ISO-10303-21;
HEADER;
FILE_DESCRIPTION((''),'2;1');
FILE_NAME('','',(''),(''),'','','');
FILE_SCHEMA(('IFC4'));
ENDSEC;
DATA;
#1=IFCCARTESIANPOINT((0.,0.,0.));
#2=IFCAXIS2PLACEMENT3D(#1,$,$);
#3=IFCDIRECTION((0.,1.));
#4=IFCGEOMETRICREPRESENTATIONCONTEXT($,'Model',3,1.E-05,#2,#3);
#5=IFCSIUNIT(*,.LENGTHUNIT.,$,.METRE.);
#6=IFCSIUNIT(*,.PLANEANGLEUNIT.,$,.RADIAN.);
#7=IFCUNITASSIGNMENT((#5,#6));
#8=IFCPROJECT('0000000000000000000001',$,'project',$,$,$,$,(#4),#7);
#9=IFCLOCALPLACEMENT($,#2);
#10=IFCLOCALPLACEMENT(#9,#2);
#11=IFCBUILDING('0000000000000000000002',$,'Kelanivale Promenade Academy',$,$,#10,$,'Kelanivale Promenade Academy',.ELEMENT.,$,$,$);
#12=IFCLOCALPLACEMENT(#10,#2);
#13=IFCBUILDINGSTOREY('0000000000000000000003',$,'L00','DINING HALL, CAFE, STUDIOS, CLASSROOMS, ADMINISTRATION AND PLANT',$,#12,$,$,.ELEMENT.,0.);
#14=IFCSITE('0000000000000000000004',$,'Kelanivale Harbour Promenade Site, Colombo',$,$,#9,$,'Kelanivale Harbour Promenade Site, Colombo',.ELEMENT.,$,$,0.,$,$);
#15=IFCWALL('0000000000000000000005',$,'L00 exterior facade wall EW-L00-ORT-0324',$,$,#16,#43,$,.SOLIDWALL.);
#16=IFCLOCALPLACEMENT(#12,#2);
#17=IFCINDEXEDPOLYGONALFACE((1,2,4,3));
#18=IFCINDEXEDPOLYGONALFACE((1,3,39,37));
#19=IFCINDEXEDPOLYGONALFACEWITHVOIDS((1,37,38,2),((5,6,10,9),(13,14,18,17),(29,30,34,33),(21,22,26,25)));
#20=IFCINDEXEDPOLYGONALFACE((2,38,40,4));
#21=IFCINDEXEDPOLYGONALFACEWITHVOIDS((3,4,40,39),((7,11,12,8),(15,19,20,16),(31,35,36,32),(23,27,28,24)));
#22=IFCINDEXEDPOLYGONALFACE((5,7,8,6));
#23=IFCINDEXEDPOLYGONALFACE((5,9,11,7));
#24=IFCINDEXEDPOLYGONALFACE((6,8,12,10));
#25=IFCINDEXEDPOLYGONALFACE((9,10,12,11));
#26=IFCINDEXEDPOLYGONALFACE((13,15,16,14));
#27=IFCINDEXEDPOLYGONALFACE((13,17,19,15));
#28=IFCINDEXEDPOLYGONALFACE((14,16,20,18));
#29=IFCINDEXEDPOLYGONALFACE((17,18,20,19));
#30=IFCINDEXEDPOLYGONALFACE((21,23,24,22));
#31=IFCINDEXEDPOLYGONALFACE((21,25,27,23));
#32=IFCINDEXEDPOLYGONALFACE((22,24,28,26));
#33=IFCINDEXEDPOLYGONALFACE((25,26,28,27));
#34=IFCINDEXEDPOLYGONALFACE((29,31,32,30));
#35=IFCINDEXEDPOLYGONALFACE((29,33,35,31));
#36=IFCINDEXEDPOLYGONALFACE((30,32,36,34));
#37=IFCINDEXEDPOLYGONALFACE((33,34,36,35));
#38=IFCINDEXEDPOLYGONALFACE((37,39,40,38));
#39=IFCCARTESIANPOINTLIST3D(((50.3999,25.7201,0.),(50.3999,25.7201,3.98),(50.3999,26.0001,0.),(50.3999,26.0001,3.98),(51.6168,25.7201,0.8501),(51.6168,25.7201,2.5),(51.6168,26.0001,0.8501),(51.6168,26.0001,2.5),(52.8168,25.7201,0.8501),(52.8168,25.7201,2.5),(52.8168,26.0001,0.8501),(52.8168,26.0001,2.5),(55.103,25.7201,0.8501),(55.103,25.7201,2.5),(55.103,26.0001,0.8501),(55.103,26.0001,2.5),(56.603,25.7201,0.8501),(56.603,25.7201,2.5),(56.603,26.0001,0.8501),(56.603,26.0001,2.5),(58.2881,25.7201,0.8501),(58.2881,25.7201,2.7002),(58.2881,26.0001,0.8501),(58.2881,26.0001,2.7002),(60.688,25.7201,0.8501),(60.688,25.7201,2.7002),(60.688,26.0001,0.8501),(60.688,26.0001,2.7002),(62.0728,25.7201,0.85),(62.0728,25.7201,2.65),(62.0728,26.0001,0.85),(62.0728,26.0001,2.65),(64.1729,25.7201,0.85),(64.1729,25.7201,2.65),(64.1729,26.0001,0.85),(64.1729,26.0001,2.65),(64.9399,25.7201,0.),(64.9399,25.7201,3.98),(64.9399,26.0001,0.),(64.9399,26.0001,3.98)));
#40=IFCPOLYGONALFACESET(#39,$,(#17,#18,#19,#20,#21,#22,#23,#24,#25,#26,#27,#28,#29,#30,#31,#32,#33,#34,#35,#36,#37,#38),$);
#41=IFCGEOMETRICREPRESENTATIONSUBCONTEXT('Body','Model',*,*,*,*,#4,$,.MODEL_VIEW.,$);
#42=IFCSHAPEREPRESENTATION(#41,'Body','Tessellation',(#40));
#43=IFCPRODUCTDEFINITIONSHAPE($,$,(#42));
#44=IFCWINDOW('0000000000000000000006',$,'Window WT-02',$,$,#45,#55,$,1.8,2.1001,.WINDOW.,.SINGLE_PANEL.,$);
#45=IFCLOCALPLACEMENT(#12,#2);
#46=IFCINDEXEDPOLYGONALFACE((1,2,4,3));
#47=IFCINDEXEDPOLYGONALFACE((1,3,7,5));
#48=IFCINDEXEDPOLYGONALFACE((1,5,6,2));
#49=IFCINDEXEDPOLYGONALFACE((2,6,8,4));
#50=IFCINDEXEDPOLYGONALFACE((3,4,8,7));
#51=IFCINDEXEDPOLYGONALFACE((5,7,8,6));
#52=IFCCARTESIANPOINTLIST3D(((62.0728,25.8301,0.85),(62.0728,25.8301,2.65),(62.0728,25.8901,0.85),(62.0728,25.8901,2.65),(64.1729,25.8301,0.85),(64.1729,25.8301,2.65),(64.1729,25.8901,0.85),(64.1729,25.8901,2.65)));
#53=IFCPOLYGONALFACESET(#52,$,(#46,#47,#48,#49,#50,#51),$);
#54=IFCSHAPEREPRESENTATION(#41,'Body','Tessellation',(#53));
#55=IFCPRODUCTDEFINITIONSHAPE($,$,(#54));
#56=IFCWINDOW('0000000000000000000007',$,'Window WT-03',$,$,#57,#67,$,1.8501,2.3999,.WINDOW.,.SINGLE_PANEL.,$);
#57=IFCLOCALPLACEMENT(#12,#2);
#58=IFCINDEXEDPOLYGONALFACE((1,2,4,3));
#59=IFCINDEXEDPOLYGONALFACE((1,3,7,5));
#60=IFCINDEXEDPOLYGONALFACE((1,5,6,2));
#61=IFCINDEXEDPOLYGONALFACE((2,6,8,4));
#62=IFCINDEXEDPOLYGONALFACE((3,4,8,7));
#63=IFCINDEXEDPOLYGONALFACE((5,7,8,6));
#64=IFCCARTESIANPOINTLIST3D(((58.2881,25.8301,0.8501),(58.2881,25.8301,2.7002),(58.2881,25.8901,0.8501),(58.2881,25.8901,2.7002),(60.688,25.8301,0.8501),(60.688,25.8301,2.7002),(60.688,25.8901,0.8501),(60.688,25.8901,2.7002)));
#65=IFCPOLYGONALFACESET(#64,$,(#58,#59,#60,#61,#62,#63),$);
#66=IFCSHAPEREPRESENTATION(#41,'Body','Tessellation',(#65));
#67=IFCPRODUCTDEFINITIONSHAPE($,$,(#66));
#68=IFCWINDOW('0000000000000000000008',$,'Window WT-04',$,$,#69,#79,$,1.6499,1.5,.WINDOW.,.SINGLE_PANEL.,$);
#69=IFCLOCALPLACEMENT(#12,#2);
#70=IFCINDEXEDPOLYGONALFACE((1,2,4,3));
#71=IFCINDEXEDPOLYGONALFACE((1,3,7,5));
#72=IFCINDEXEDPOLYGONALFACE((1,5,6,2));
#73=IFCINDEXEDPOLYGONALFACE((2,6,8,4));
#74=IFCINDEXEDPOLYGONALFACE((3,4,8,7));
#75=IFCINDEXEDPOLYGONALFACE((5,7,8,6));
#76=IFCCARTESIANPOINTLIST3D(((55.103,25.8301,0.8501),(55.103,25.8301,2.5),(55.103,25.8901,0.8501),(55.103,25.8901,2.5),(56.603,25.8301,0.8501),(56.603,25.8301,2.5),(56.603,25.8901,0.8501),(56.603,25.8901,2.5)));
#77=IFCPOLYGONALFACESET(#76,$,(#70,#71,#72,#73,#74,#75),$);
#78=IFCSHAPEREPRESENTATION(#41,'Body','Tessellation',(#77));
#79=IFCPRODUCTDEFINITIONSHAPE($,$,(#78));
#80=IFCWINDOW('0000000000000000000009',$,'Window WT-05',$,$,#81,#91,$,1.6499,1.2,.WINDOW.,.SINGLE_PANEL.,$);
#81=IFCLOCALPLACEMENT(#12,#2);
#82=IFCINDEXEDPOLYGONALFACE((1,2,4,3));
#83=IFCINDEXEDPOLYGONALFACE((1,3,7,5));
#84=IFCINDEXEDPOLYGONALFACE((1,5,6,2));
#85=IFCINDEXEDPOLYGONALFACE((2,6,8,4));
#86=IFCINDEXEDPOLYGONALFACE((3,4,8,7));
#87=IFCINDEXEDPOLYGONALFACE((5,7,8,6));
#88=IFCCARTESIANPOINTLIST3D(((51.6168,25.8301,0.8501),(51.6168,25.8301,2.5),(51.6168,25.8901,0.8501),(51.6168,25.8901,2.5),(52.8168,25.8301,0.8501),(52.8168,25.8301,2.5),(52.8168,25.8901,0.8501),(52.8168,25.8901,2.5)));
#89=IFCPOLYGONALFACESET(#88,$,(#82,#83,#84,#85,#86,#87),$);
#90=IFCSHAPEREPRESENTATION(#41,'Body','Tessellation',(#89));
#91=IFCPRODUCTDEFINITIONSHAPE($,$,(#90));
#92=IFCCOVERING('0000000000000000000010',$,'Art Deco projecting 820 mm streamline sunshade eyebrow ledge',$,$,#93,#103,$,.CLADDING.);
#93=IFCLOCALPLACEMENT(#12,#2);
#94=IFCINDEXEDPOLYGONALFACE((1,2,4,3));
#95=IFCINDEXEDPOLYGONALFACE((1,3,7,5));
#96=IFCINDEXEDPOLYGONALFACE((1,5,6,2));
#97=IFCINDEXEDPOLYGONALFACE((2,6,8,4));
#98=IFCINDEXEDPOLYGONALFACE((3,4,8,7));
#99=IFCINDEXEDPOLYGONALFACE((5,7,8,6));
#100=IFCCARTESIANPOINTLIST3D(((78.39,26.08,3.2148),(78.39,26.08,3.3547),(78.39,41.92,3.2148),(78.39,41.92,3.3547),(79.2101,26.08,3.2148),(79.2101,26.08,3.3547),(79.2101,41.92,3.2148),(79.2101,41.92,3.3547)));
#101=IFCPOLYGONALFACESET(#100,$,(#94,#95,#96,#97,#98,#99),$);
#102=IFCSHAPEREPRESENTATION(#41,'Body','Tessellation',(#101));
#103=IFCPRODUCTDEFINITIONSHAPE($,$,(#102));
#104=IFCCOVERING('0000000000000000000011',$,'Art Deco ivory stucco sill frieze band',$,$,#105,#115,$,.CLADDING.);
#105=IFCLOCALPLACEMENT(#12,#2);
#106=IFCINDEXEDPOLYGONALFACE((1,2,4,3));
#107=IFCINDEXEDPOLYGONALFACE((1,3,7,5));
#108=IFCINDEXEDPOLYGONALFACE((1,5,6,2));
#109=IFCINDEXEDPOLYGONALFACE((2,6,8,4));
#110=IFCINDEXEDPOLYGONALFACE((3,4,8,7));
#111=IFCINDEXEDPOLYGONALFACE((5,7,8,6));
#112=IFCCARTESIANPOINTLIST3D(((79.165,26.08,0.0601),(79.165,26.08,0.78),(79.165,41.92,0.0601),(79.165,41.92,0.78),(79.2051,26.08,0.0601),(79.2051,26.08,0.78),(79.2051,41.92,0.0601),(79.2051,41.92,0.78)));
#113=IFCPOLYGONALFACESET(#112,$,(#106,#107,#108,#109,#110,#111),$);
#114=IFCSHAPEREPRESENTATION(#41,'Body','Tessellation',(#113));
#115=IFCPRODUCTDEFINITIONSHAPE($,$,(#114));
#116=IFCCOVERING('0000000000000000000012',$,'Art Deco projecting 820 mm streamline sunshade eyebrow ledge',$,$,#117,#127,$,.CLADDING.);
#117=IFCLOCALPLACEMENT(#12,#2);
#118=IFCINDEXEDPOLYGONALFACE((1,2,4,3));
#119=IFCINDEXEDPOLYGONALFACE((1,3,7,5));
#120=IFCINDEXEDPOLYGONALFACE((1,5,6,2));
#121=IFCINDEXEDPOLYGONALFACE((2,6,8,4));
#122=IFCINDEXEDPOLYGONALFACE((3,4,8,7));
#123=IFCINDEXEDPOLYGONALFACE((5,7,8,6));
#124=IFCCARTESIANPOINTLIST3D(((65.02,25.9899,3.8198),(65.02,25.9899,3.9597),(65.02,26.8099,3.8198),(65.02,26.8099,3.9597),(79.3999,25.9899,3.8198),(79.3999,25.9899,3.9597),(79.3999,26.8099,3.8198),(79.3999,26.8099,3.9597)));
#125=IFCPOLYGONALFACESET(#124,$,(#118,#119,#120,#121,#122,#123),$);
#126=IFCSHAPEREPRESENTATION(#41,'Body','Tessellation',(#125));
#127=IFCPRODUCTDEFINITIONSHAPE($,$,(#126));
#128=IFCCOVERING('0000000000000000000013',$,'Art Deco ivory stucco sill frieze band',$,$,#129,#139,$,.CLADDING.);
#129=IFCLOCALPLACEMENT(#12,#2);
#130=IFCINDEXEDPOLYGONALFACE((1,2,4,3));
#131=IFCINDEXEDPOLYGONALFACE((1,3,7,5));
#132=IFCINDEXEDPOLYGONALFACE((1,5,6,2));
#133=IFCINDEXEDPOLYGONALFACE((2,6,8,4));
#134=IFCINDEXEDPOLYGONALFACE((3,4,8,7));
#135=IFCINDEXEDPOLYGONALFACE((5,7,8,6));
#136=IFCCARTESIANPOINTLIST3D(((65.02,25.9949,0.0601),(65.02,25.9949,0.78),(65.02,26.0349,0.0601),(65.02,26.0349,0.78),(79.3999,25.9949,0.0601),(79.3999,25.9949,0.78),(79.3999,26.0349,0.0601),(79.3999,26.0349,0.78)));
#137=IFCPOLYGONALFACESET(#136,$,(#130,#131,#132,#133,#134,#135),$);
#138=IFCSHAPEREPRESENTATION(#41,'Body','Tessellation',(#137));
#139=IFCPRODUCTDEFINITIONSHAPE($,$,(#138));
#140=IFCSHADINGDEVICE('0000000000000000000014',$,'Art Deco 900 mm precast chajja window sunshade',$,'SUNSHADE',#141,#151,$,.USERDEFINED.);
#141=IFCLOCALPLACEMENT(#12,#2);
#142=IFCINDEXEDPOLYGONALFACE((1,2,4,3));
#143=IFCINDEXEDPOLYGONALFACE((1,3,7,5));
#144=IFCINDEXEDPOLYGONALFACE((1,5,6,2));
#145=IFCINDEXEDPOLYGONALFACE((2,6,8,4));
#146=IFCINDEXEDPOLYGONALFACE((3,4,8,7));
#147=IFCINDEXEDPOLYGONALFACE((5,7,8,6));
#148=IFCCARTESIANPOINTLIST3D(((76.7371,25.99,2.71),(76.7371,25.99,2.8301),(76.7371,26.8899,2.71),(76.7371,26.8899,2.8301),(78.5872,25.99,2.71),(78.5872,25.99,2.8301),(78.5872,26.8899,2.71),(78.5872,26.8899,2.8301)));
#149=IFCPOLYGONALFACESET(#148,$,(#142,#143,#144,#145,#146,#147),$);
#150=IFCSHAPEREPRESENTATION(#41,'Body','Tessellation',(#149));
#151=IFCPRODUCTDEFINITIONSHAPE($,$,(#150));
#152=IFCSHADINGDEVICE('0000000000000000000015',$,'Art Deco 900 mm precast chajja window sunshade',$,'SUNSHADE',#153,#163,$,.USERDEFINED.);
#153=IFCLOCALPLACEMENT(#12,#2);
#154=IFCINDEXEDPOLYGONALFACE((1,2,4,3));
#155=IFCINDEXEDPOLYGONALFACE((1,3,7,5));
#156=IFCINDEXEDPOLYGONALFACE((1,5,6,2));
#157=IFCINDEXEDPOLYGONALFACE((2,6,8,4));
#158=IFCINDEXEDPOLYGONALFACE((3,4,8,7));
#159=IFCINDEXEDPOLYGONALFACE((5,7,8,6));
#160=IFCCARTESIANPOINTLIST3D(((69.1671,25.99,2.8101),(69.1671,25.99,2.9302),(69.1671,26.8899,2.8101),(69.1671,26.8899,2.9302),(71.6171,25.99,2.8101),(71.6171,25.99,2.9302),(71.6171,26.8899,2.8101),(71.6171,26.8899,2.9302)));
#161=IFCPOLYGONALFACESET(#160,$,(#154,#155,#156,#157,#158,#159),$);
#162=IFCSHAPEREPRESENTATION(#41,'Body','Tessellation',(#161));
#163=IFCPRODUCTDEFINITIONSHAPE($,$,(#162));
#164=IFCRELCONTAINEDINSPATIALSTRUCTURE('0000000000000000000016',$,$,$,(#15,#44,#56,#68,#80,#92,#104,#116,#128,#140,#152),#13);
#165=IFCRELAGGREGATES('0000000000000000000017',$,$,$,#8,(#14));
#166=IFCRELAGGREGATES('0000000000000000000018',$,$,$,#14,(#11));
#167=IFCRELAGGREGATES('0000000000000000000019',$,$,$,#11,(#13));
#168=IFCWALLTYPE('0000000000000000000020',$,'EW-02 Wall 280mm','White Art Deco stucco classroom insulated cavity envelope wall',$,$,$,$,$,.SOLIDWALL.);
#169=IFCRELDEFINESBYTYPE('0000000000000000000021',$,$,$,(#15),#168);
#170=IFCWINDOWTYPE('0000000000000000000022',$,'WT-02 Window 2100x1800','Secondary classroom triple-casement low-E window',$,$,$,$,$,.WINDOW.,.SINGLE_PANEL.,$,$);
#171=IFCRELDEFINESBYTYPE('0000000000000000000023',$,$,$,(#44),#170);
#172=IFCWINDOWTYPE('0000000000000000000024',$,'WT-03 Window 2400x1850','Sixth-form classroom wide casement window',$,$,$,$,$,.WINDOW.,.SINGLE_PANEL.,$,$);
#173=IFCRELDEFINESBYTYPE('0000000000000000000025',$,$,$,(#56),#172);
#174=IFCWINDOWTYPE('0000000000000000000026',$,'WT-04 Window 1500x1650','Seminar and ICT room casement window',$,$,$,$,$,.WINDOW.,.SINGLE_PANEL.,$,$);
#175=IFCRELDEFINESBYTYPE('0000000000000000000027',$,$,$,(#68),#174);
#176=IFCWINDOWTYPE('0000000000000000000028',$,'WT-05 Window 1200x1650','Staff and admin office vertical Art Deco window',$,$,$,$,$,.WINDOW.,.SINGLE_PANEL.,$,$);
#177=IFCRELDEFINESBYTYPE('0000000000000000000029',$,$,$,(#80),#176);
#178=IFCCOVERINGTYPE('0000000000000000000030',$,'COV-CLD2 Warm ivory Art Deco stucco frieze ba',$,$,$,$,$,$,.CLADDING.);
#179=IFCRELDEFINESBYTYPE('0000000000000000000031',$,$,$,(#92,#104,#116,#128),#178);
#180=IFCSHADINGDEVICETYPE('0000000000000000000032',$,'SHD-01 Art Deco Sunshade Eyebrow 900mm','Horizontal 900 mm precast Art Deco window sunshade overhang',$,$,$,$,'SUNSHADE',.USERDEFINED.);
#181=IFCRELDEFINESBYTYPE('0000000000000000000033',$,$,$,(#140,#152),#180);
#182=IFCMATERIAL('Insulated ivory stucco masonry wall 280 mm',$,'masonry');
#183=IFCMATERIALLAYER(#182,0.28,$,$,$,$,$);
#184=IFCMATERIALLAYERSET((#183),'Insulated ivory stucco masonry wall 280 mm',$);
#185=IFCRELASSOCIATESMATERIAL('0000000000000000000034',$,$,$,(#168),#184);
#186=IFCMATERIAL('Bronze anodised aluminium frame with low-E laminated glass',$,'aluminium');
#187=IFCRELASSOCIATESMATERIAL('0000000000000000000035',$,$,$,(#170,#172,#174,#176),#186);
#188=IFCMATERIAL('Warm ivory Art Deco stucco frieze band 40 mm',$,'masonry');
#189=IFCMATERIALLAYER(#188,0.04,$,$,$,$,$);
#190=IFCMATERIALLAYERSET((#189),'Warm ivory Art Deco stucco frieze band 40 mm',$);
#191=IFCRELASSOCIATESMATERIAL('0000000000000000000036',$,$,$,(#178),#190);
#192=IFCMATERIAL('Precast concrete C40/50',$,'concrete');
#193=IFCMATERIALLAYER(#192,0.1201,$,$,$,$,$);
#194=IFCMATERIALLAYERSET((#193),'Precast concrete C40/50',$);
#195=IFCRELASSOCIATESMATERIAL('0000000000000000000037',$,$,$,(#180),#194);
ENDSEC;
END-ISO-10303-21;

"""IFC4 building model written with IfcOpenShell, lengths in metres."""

from ifc_helpers import new_model, si_unit, direction, frame, frame_2d, origin, origin_2d, place, context, subcontext, project, spatial, rectangle, extrude, material, layer, layer_set, type_object, element, fill, save


model = new_model("IFC4")

# Units and contexts
model_context = context("Model", 3, precision=1e-05, world=origin(), true_north=direction((0.0, 1.0)))
body_context = subcontext(model_context, "Body", "Model", "MODEL_VIEW")
ifc_project = project(units=[si_unit("LENGTHUNIT", "METRE"), si_unit("PLANEANGLEUNIT", "RADIAN")], contexts=[model_context])

# Site, building, storey
site_placement = place(None, origin())
site = spatial("IfcSite", under=ifc_project, at=site_placement, Name="Kelanivale Harbour Promenade Site, Colombo", LongName="Kelanivale Harbour Promenade Site, Colombo", CompositionType="ELEMENT", RefElevation=0.0)
building_placement = place(site_placement, origin())
building = spatial("IfcBuilding", under=site, at=building_placement, Name="Kelanivale Promenade Academy", LongName="Kelanivale Promenade Academy", CompositionType="ELEMENT")
storey_placement = place(building_placement, origin())
storey = spatial("IfcBuildingStorey", under=building, at=storey_placement, Name="L00", Description="DINING HALL, CAFE, STUDIOS, CLASSROOMS, ADMINISTRATION AND PLANT", CompositionType="ELEMENT", Elevation=0.0)

# Wall, openings, windows
ifc_material_1 = material(Name="Insulated ivory stucco masonry wall 280 mm", Category="masonry")
ifc_layer_1 = layer(ifc_material_1, 0.28)
ifc_layer_set_1 = layer_set([ifc_layer_1], Name="Insulated ivory stucco masonry wall 280 mm")
wall_type_1 = type_object("IfcWallType", Name="EW-02 Wall 280mm", Description="White Art Deco stucco classroom insulated cavity envelope wall", PredefinedType="SOLIDWALL", material=ifc_layer_set_1)
ifc_material_2 = material(Name="Bronze anodised aluminium frame with low-E laminated glass", Category="aluminium")
wall_1_placement = place(storey_placement, frame((64.9399, 25.8601, 0.0), z_axis=(0.0, 0.0, 1.0), x_axis=(-1.0, 0.0, 0.0)))
wall_1 = element("IfcWall", 1, at=wall_1_placement, inside=storey, type_object=wall_type_1, Name="L00 exterior facade wall EW-L00-ORT-0324", PredefinedType="SOLIDWALL", context=body_context, shape_type="SweptSolid", body=[
    extrude(rectangle(XDim=14.54, YDim=0.28, at=frame_2d((7.27, 0.0))), origin(), (0.0, 0.0, 1.0), 3.98),
])
opening_1_placement = place(wall_1_placement, frame((0.7671, 0.0, 0.8501)))
opening_1 = element("IfcOpeningElement", 2, at=opening_1_placement, cuts=wall_1, PredefinedType="OPENING", context=body_context, shape_type="SweptSolid", body=[
    extrude(rectangle(XDim=2.1001, YDim=1.8, at=frame_2d((1.05, 0.8999))), frame((0.0, 0.1499, 0.0), z_axis=(0.0, -1.0, 0.0), x_axis=(1.0, 0.0, 0.0)), (0.0, 0.0, 1.0), 0.3),
])
opening_2_placement = place(wall_1_placement, frame((4.252, 0.0, 0.8501)))
opening_2 = element("IfcOpeningElement", 3, at=opening_2_placement, cuts=wall_1, PredefinedType="OPENING", context=body_context, shape_type="SweptSolid", body=[
    extrude(rectangle(XDim=2.3999, YDim=1.8501, at=frame_2d((1.2, 0.925))), frame((0.0, 0.1499, 0.0), z_axis=(0.0, -1.0, 0.0), x_axis=(1.0, 0.0, 0.0)), (0.0, 0.0, 1.0), 0.3),
])
opening_3_placement = place(wall_1_placement, frame((8.3369, 0.0, 0.8501)))
opening_3 = element("IfcOpeningElement", 4, at=opening_3_placement, cuts=wall_1, PredefinedType="OPENING", context=body_context, shape_type="SweptSolid", body=[
    extrude(rectangle(XDim=1.5, YDim=1.6499, at=frame_2d((0.75, 0.825))), frame((0.0, 0.1499, 0.0), z_axis=(0.0, -1.0, 0.0), x_axis=(1.0, 0.0, 0.0)), (0.0, 0.0, 1.0), 0.3),
])
opening_4_placement = place(wall_1_placement, frame((12.123, 0.0, 0.8501)))
opening_4 = element("IfcOpeningElement", 5, at=opening_4_placement, cuts=wall_1, PredefinedType="OPENING", context=body_context, shape_type="SweptSolid", body=[
    extrude(rectangle(XDim=1.2, YDim=1.6499, at=frame_2d((0.6001, 0.825))), frame((0.0, 0.1499, 0.0), z_axis=(0.0, -1.0, 0.0), x_axis=(1.0, 0.0, 0.0)), (0.0, 0.0, 1.0), 0.3),
])
window_type_1 = type_object("IfcWindowType", Name="WT-02 Window 2100x1800", Description="Secondary classroom triple-casement low-E window", PartitioningType="SINGLE_PANEL", PredefinedType="WINDOW", material=ifc_material_2)
window_1_placement = place(opening_1_placement, origin())
window_1 = element("IfcWindow", 6, at=window_1_placement, inside=storey, type_object=window_type_1, Name="Window WT-02", OverallHeight=1.8, OverallWidth=2.1001, PartitioningType="SINGLE_PANEL", PredefinedType="WINDOW", context=body_context, shape_type="SweptSolid", body=[
    extrude(rectangle(XDim=2.1001, YDim=1.8, at=frame_2d((1.05, 0.8999))), frame((0.0, 0.03, 0.0), z_axis=(0.0, -1.0, 0.0), x_axis=(1.0, 0.0, 0.0)), (0.0, 0.0, 1.0), 0.0601),
])
fill(opening_1, window_1)
window_type_2 = type_object("IfcWindowType", Name="WT-03 Window 2400x1850", Description="Sixth-form classroom wide casement window", PartitioningType="SINGLE_PANEL", PredefinedType="WINDOW", material=ifc_material_2)
window_2_placement = place(opening_2_placement, origin())
window_2 = element("IfcWindow", 7, at=window_2_placement, inside=storey, type_object=window_type_2, Name="Window WT-03", OverallHeight=1.8501, OverallWidth=2.3999, PartitioningType="SINGLE_PANEL", PredefinedType="WINDOW", context=body_context, shape_type="SweptSolid", body=[
    extrude(rectangle(XDim=2.3999, YDim=1.8501, at=frame_2d((1.2, 0.925))), frame((0.0, 0.03, 0.0), z_axis=(0.0, -1.0, 0.0), x_axis=(1.0, 0.0, 0.0)), (0.0, 0.0, 1.0), 0.0601),
])
fill(opening_2, window_2)
window_type_3 = type_object("IfcWindowType", Name="WT-04 Window 1500x1650", Description="Seminar and ICT room casement window", PartitioningType="SINGLE_PANEL", PredefinedType="WINDOW", material=ifc_material_2)
window_3_placement = place(opening_3_placement, origin())
window_3 = element("IfcWindow", 8, at=window_3_placement, inside=storey, type_object=window_type_3, Name="Window WT-04", OverallHeight=1.6499, OverallWidth=1.5, PartitioningType="SINGLE_PANEL", PredefinedType="WINDOW", context=body_context, shape_type="SweptSolid", body=[
    extrude(rectangle(XDim=1.5, YDim=1.6499, at=frame_2d((0.75, 0.825))), frame((0.0, 0.03, 0.0), z_axis=(0.0, -1.0, 0.0), x_axis=(1.0, 0.0, 0.0)), (0.0, 0.0, 1.0), 0.0601),
])
fill(opening_3, window_3)
window_type_4 = type_object("IfcWindowType", Name="WT-05 Window 1200x1650", Description="Staff and admin office vertical Art Deco window", PartitioningType="SINGLE_PANEL", PredefinedType="WINDOW", material=ifc_material_2)
window_4_placement = place(opening_4_placement, origin())
window_4 = element("IfcWindow", 9, at=window_4_placement, inside=storey, type_object=window_type_4, Name="Window WT-05", OverallHeight=1.6499, OverallWidth=1.2, PartitioningType="SINGLE_PANEL", PredefinedType="WINDOW", context=body_context, shape_type="SweptSolid", body=[
    extrude(rectangle(XDim=1.2, YDim=1.6499, at=frame_2d((0.6001, 0.825))), frame((0.0, 0.03, 0.0), z_axis=(0.0, -1.0, 0.0), x_axis=(1.0, 0.0, 0.0)), (0.0, 0.0, 1.0), 0.0601),
])
fill(opening_4, window_4)

# Coverings
ifc_material_3 = material(Name="Warm ivory Art Deco stucco frieze band 40 mm", Category="masonry")
ifc_layer_2 = layer(ifc_material_3, 0.04)
ifc_layer_set_2 = layer_set([ifc_layer_2], Name="Warm ivory Art Deco stucco frieze band 40 mm")
covering_type = type_object("IfcCoveringType", Name="COV-CLD2 Warm ivory Art Deco stucco frieze ba", PredefinedType="CLADDING", material=ifc_layer_set_2)
covering_1_placement = place(storey_placement, frame((78.8, 34.0, 3.2148), z_axis=(0.0, 0.0, 1.0), x_axis=(0.0, -1.0, 0.0)))
element("IfcCovering", 10, at=covering_1_placement, inside=storey, type_object=covering_type, Name="Art Deco projecting 820 mm streamline sunshade eyebrow ledge", PredefinedType="CLADDING", context=body_context, shape_type="SweptSolid", body=[
    extrude(rectangle(XDim=15.8401, YDim=0.8201, at=origin_2d()), origin(), (0.0, 0.0, 1.0), 0.1399),
])
covering_2_placement = place(storey_placement, frame((79.1851, 34.0, 0.0601), z_axis=(0.0, 0.0, 1.0), x_axis=(0.0, -1.0, 0.0)))
element("IfcCovering", 11, at=covering_2_placement, inside=storey, type_object=covering_type, Name="Art Deco ivory stucco sill frieze band", PredefinedType="CLADDING", context=body_context, shape_type="SweptSolid", body=[
    extrude(rectangle(XDim=15.8401, YDim=0.04, at=origin_2d()), origin(), (0.0, 0.0, 1.0), 0.72),
])
covering_3_placement = place(storey_placement, frame((72.21, 26.3999, 3.8198), z_axis=(0.0, 0.0, 1.0), x_axis=(-1.0, 0.0, 0.0)))
element("IfcCovering", 12, at=covering_3_placement, inside=storey, type_object=covering_type, Name="Art Deco projecting 820 mm streamline sunshade eyebrow ledge", PredefinedType="CLADDING", context=body_context, shape_type="SweptSolid", body=[
    extrude(rectangle(XDim=14.3799, YDim=0.8201, at=origin_2d()), origin(), (0.0, 0.0, 1.0), 0.1399),
])
covering_4_placement = place(storey_placement, frame((72.21, 26.0149, 0.0601), z_axis=(0.0, 0.0, 1.0), x_axis=(-1.0, 0.0, 0.0)))
element("IfcCovering", 13, at=covering_4_placement, inside=storey, type_object=covering_type, Name="Art Deco ivory stucco sill frieze band", PredefinedType="CLADDING", context=body_context, shape_type="SweptSolid", body=[
    extrude(rectangle(XDim=14.3799, YDim=0.04, at=origin_2d()), origin(), (0.0, 0.0, 1.0), 0.72),
])

# Shading devices
ifc_material_4 = material(Name="Precast concrete C40/50", Category="concrete")
ifc_layer_3 = layer(ifc_material_4, 0.1201)
ifc_layer_set_3 = layer_set([ifc_layer_3], Name="Precast concrete C40/50")
shading_device_type_1 = type_object("IfcShadingDeviceType", Name="SHD-01 Art Deco Sunshade Eyebrow 900mm", Description="Horizontal 900 mm precast Art Deco window sunshade overhang", ElementType="SUNSHADE", PredefinedType="USERDEFINED", material=ifc_layer_set_3)
shading_device_1_placement = place(storey_placement, frame((77.6621, 26.4399, 2.71), z_axis=(0.0, 0.0, 1.0), x_axis=(-1.0, 0.0, 0.0)))
element("IfcShadingDevice", 14, at=shading_device_1_placement, inside=storey, type_object=shading_device_type_1, Name="Art Deco 900 mm precast chajja window sunshade", ObjectType="SUNSHADE", PredefinedType="USERDEFINED", context=body_context, shape_type="SweptSolid", body=[
    extrude(rectangle(XDim=1.8501, YDim=0.8999, at=origin_2d()), origin(), (0.0, 0.0, 1.0), 0.1201),
])
shading_device_2_placement = place(storey_placement, frame((70.3921, 26.4399, 2.8101), z_axis=(0.0, 0.0, 1.0), x_axis=(-1.0, 0.0, 0.0)))
element("IfcShadingDevice", 15, at=shading_device_2_placement, inside=storey, type_object=shading_device_type_1, Name="Art Deco 900 mm precast chajja window sunshade", ObjectType="SUNSHADE", PredefinedType="USERDEFINED", context=body_context, shape_type="SweptSolid", body=[
    extrude(rectangle(XDim=2.45, YDim=0.8999, at=origin_2d()), origin(), (0.0, 0.0, 1.0), 0.1201),
])

save(model, "model.ifc")
